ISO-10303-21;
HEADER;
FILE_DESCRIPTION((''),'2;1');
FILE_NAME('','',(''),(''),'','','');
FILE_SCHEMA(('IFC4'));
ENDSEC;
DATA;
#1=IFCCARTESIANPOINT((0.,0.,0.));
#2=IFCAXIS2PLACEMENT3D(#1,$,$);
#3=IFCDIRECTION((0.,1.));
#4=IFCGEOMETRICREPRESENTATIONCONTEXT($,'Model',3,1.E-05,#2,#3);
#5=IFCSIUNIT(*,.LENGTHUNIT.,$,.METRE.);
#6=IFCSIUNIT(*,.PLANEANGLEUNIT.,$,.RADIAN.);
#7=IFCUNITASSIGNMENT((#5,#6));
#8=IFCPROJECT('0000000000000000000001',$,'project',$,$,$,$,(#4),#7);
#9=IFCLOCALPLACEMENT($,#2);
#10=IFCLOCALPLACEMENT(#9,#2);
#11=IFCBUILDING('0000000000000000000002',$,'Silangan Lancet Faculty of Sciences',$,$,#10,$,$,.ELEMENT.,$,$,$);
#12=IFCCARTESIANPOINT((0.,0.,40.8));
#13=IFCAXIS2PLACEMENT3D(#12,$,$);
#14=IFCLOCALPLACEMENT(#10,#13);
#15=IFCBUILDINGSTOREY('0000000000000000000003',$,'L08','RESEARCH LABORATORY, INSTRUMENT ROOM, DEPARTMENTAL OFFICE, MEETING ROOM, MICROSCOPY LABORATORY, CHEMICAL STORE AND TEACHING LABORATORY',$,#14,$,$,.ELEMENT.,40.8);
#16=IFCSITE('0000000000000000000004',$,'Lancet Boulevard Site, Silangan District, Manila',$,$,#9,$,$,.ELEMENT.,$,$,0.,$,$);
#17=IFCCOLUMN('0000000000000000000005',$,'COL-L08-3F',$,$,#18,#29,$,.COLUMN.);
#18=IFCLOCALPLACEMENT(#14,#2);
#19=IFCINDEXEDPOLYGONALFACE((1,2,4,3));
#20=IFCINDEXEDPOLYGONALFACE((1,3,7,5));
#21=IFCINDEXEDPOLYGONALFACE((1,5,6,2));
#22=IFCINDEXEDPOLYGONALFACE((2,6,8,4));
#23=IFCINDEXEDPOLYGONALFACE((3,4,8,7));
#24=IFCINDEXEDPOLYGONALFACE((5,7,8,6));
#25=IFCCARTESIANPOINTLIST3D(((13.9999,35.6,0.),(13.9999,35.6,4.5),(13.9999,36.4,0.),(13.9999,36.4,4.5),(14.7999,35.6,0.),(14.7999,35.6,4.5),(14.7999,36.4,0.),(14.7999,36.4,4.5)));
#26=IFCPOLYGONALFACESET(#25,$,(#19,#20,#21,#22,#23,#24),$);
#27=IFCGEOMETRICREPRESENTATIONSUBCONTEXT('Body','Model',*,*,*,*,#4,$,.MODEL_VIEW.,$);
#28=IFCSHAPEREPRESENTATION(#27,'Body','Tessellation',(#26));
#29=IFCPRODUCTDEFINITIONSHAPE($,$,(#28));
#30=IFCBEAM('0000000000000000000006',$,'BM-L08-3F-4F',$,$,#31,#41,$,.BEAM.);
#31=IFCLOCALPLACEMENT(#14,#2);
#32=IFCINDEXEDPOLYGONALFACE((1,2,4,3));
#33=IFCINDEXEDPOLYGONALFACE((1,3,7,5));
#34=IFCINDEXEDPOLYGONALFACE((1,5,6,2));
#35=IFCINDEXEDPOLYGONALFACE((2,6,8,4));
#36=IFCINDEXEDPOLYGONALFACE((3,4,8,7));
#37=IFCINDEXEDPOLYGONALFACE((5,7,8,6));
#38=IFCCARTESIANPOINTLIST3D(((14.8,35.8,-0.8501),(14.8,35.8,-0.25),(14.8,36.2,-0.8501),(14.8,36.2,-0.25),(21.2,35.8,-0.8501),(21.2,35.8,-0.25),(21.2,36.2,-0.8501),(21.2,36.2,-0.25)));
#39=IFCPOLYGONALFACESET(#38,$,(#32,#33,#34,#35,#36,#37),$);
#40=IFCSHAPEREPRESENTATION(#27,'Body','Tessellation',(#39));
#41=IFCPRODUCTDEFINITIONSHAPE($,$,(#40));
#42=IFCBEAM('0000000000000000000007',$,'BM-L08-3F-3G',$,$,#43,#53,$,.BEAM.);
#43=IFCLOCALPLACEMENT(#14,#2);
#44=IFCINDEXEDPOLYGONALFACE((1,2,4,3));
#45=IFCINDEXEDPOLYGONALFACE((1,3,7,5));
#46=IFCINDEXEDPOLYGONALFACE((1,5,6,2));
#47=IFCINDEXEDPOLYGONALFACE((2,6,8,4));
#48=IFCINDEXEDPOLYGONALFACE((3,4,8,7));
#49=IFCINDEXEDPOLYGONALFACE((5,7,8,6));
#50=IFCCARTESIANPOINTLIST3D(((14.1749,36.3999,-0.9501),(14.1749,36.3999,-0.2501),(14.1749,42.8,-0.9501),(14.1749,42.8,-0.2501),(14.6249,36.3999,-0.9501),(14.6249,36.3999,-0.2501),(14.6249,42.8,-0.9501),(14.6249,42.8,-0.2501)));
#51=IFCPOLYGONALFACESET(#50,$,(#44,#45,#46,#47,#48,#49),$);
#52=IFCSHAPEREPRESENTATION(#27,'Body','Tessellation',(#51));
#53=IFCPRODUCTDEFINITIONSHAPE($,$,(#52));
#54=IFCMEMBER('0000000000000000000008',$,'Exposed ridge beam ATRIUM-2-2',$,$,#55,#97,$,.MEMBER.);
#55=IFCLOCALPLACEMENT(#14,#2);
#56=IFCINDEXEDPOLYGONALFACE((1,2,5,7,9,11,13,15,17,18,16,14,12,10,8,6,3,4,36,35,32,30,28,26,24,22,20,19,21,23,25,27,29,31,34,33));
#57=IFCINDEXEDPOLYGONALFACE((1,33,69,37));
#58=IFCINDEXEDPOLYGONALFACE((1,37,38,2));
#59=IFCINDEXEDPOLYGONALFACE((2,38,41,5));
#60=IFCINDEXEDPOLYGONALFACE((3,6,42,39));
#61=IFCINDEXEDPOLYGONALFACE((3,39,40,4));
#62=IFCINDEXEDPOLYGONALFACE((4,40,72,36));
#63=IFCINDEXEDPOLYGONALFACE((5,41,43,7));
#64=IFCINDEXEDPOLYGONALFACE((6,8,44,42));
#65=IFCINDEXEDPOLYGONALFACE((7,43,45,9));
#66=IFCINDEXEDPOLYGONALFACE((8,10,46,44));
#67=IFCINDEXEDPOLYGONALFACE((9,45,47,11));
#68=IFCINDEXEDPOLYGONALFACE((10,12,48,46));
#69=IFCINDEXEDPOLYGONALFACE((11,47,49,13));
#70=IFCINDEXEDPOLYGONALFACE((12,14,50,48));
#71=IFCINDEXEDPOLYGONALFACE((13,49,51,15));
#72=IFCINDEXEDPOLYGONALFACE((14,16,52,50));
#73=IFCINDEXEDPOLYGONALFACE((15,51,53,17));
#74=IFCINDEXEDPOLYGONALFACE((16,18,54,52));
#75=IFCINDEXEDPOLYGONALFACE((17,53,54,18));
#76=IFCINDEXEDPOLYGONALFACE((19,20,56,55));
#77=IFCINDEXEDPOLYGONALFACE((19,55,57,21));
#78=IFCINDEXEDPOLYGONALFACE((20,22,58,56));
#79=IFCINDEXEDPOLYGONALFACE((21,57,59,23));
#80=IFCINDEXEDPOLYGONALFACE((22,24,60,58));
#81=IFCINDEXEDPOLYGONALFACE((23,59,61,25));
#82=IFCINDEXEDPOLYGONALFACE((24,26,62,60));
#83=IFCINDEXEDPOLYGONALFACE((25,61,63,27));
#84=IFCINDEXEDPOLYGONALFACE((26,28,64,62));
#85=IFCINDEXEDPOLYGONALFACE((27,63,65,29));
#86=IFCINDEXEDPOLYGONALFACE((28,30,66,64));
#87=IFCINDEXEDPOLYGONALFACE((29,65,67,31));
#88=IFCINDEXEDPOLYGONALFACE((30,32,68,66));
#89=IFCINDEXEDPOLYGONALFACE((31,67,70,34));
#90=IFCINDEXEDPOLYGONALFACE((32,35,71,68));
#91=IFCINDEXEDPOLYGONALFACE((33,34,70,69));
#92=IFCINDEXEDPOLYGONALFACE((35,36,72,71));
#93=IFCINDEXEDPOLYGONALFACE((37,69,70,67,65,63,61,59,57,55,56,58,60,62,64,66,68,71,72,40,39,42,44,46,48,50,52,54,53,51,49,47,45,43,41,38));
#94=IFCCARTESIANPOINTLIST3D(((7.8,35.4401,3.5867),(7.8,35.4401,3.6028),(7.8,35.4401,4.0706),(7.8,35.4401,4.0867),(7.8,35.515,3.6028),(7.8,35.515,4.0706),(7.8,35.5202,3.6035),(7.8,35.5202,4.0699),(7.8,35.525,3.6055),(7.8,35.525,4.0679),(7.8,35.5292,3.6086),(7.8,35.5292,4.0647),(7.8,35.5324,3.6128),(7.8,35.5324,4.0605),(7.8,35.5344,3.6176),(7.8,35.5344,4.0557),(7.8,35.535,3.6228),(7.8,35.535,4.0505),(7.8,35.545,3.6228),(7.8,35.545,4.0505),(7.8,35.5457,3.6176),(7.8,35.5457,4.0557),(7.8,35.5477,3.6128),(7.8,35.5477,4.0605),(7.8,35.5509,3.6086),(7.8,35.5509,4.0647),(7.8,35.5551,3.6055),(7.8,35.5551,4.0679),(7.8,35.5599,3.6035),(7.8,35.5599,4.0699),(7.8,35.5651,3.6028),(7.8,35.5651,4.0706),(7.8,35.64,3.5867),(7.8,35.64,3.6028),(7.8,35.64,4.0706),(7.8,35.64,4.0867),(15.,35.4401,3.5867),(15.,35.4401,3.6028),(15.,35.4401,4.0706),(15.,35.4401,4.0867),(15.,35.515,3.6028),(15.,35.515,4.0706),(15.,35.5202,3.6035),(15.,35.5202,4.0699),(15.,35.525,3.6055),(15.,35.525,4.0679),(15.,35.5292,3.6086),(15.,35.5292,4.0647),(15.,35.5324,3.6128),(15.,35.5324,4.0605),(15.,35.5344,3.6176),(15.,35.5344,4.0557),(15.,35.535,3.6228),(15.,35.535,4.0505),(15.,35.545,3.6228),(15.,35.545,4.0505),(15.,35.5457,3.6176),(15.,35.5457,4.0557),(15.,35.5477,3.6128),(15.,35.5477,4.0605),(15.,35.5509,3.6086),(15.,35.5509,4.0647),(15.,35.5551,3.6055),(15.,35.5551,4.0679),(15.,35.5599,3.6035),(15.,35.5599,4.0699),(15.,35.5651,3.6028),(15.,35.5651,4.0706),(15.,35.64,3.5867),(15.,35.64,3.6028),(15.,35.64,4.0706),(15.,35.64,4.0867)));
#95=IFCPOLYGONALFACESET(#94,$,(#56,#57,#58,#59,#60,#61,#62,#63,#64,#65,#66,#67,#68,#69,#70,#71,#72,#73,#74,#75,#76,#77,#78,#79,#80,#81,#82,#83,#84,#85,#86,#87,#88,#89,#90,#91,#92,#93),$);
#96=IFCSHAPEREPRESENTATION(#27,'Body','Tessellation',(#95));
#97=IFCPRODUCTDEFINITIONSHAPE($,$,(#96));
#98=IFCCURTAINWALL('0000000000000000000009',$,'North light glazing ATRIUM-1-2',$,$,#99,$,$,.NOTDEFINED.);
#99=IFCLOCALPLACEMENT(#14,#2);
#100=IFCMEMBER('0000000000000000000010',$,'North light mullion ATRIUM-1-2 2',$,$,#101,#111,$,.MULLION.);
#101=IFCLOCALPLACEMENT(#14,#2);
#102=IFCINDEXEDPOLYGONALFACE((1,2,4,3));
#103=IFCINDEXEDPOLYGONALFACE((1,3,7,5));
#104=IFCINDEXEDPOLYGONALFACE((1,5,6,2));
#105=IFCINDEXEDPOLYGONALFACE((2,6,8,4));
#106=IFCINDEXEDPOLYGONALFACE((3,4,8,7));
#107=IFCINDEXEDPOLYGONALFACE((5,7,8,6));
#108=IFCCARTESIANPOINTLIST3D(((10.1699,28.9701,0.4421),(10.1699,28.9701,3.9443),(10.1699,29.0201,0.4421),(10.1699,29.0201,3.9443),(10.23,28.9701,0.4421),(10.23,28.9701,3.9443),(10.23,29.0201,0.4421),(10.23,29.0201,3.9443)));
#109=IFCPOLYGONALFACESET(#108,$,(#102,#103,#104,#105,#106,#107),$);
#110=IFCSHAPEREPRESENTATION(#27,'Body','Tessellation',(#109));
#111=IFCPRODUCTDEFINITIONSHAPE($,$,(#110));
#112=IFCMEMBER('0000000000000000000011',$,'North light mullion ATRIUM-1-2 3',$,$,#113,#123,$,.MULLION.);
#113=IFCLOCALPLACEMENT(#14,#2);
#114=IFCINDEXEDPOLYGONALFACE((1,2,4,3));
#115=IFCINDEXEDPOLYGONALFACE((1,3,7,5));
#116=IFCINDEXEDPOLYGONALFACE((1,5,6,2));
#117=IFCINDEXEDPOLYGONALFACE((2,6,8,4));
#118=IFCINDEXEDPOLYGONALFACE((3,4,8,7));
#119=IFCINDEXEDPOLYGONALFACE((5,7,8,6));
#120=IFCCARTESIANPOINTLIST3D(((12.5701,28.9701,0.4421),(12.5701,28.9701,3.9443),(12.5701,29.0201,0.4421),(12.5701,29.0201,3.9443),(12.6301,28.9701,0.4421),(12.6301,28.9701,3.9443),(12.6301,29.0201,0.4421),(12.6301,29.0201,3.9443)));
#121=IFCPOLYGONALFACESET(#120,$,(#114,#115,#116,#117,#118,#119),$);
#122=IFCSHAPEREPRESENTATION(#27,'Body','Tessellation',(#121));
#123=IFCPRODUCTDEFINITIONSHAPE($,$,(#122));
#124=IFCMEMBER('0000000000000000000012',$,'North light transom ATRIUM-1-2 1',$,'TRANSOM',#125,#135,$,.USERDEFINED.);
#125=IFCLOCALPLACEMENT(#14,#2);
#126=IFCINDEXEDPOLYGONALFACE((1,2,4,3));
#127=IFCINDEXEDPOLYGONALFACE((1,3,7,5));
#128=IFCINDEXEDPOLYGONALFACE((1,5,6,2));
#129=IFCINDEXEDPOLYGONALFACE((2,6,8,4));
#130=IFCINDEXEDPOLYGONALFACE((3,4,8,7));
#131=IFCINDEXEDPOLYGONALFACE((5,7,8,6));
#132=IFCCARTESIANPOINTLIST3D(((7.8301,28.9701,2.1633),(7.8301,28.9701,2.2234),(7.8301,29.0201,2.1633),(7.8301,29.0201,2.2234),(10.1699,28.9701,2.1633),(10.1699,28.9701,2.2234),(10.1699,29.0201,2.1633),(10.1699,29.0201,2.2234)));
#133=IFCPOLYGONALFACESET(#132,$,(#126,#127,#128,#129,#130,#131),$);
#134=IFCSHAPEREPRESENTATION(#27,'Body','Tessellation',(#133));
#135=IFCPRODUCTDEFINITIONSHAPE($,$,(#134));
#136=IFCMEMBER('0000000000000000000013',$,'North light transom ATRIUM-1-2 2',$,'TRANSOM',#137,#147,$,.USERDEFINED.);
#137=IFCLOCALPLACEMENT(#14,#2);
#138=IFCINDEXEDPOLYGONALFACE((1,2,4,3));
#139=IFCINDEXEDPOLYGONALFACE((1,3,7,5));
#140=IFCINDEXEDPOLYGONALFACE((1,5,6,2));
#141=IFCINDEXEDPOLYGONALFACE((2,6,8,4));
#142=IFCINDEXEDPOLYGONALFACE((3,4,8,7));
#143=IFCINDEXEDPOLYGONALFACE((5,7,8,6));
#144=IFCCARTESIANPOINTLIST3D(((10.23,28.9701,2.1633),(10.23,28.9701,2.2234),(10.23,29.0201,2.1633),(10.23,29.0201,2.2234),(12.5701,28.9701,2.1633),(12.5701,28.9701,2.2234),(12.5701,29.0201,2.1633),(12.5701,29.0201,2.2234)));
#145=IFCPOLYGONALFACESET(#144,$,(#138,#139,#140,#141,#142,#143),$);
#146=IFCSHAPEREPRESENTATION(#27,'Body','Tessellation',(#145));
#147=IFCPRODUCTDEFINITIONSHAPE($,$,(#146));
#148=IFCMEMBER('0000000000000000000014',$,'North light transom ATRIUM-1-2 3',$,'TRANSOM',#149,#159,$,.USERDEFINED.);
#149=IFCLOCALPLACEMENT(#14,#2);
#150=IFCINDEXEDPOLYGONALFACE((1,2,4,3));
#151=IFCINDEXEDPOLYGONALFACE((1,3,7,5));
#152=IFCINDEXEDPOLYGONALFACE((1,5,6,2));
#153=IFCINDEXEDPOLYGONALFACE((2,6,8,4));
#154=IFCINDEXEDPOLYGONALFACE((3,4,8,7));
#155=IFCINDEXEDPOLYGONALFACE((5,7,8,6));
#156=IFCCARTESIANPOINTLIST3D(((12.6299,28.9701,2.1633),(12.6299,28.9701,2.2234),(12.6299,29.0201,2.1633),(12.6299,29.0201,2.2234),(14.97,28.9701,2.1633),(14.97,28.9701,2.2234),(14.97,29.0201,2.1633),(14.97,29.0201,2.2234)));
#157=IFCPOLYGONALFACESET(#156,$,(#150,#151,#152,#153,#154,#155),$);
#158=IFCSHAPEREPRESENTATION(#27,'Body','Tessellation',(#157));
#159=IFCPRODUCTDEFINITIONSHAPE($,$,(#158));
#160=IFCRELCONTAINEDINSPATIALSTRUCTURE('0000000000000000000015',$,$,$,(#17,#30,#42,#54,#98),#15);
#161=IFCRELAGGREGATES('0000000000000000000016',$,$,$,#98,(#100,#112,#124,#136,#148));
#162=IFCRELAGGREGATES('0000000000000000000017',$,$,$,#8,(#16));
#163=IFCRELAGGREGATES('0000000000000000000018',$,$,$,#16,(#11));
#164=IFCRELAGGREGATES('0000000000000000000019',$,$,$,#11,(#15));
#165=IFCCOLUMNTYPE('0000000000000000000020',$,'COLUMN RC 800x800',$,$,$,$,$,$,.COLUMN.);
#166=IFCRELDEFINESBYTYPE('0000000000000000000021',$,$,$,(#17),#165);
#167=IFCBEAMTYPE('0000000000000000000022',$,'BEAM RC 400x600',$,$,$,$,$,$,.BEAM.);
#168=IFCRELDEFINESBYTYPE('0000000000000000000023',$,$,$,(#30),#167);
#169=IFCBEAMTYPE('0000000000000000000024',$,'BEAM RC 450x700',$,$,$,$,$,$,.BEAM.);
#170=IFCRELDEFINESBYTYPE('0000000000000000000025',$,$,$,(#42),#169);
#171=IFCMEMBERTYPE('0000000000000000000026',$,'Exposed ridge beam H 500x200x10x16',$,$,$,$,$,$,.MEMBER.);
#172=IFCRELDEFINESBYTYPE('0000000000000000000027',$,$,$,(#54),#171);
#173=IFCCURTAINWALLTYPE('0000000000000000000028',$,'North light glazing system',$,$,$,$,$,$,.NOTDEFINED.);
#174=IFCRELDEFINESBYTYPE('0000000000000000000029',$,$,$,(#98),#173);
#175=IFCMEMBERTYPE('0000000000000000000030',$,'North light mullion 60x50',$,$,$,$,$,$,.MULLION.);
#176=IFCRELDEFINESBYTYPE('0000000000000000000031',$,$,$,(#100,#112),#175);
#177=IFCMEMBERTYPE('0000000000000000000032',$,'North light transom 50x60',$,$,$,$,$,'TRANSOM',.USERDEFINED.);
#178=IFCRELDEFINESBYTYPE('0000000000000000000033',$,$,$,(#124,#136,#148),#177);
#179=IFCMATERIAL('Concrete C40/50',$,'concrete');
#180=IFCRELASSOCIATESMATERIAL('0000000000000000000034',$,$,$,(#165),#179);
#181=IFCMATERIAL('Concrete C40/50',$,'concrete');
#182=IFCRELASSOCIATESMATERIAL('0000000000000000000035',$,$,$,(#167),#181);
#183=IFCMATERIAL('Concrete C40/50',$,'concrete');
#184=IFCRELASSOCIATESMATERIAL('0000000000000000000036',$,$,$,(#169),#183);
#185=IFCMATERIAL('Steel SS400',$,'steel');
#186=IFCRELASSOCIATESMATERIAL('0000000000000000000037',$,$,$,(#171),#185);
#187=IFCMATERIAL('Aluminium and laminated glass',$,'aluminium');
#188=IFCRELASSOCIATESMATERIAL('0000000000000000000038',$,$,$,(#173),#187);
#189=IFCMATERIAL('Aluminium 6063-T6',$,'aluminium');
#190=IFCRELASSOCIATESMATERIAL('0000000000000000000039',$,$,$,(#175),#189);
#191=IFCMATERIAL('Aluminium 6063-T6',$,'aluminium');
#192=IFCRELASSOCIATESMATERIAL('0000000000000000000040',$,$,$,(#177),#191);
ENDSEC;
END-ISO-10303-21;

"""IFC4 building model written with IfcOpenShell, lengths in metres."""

from ifc_helpers import new_model, si_unit, direction, frame, origin, origin_2d, place, context, subcontext, project, spatial, rectangle, i_section, extrude, material, material_profile, profile_set, type_object, element, aggregate, save


model = new_model("IFC4")

# Units and contexts
model_context = context("Model", 3, precision=1e-05, world=origin(), true_north=direction((0.0, 1.0)))
body_context = subcontext(model_context, "Body", "Model", "MODEL_VIEW")
ifc_project = project(units=[si_unit("LENGTHUNIT", "METRE"), si_unit("PLANEANGLEUNIT", "RADIAN")], contexts=[model_context])

# Site, building, storey
site_placement = place(None, origin())
site = spatial("IfcSite", under=ifc_project, at=site_placement, Name="Lancet Boulevard Site, Silangan District, Manila", CompositionType="ELEMENT", RefElevation=0.0)
building_placement = place(site_placement, origin())
building = spatial("IfcBuilding", under=site, at=building_placement, Name="Silangan Lancet Faculty of Sciences", CompositionType="ELEMENT")
storey_placement = place(building_placement, frame((0.0, 0.0, 40.8)))
storey = spatial("IfcBuildingStorey", under=building, at=storey_placement, Name="L08", Description="RESEARCH LABORATORY, INSTRUMENT ROOM, DEPARTMENTAL OFFICE, MEETING ROOM, MICROSCOPY LABORATORY, CHEMICAL STORE AND TEACHING LABORATORY", CompositionType="ELEMENT", Elevation=40.8)

# Column
ifc_material_1 = material(Name="Concrete C40/50", Category="concrete")
ifc_material_profile_1 = material_profile(ifc_material_1, rectangle(XDim=0.8, YDim=0.8, at=origin_2d()), Name="RC 800x800")
ifc_profile_set_1 = profile_set([ifc_material_profile_1], Name="Concrete C40/50")
column_type = type_object("IfcColumnType", Name="COLUMN RC 800x800", PredefinedType="COLUMN", material=ifc_profile_set_1)
column_placement = place(storey_placement, frame((14.3999, 36.0, 0.0), z_axis=(0.0, 0.0, 1.0), x_axis=(1.0, 0.0, 0.0)))
element("IfcColumn", 1, at=column_placement, inside=storey, type_object=column_type, Name="COL-L08-3F", PredefinedType="COLUMN", context=body_context, shape_type="SweptSolid", body=[
    extrude(rectangle(XDim=0.8, YDim=0.8, at=origin_2d()), origin(), (0.0, 0.0, 1.0), 4.5),
])

# Beams
ifc_material_2 = material(Name="Concrete C40/50", Category="concrete")
ifc_material_profile_2 = material_profile(ifc_material_2, rectangle(XDim=0.3999, YDim=0.6001, at=origin_2d()), Name="RC 400x600")
ifc_profile_set_2 = profile_set([ifc_material_profile_2], Name="Concrete C40/50")
beam_type_1 = type_object("IfcBeamType", Name="BEAM RC 400x600", PredefinedType="BEAM", material=ifc_profile_set_2)
beam_1_placement = place(storey_placement, frame((14.8, 36.0, -0.55), z_axis=(1.0, 0.0, 0.0), x_axis=(0.0, 1.0, 0.0)))
element("IfcBeam", 2, at=beam_1_placement, inside=storey, type_object=beam_type_1, Name="BM-L08-3F-4F", PredefinedType="BEAM", context=body_context, shape_type="SweptSolid", body=[
    extrude(rectangle(XDim=0.3999, YDim=0.6001, at=origin_2d()), origin(), (0.0, 0.0, 1.0), 6.3999),
])
ifc_material_3 = material(Name="Concrete C40/50", Category="concrete")
ifc_material_profile_3 = material_profile(ifc_material_3, rectangle(XDim=0.45, YDim=0.7, at=origin_2d()), Name="RC 450x700")
ifc_profile_set_3 = profile_set([ifc_material_profile_3], Name="Concrete C40/50")
beam_type_2 = type_object("IfcBeamType", Name="BEAM RC 450x700", PredefinedType="BEAM", material=ifc_profile_set_3)
beam_2_placement = place(storey_placement, frame((14.3999, 36.3999, -0.6001), z_axis=(0.0, 1.0, 0.0), x_axis=(-1.0, 0.0, 0.0)))
element("IfcBeam", 3, at=beam_2_placement, inside=storey, type_object=beam_type_2, Name="BM-L08-3F-3G", PredefinedType="BEAM", context=body_context, shape_type="SweptSolid", body=[
    extrude(rectangle(XDim=0.45, YDim=0.7, at=origin_2d()), origin(), (0.0, 0.0, 1.0), 6.4001),
])

# Member
ifc_material_4 = material(Name="Steel SS400", Category="steel")
ifc_material_profile_4 = material_profile(ifc_material_4, i_section(OverallWidth=0.2, OverallDepth=0.5, WebThickness=0.01, FlangeThickness=0.0161, FilletRadius=0.02, at=origin_2d()), Name="H 500x200x10x16")
ifc_profile_set_4 = profile_set([ifc_material_profile_4], Name="Steel SS400")
member_type_1 = type_object("IfcMemberType", Name="Exposed ridge beam H 500x200x10x16", PredefinedType="MEMBER", material=ifc_profile_set_4)
member_1_placement = place(storey_placement, frame((7.8, 35.54, 3.8367), z_axis=(1.0, 0.0, 0.0), x_axis=(0.0, 1.0, 0.0)))
element("IfcMember", 4, at=member_1_placement, inside=storey, type_object=member_type_1, Name="Exposed ridge beam ATRIUM-2-2", PredefinedType="MEMBER", context=body_context, shape_type="SweptSolid", body=[
    extrude(i_section(OverallWidth=0.2, OverallDepth=0.5, WebThickness=0.01, FlangeThickness=0.0161, FilletRadius=0.02, at=origin_2d()), origin(), (0.0, 0.0, 1.0), 7.2),
])

# Curtain wall, members
ifc_material_5 = material(Name="Aluminium and laminated glass", Category="aluminium")
curtain_wall_type = type_object("IfcCurtainWallType", Name="North light glazing system", PredefinedType="NOTDEFINED", material=ifc_material_5)
curtain_wall_placement = place(storey_placement, origin())
curtain_wall = element("IfcCurtainWall", 5, at=curtain_wall_placement, inside=storey, type_object=curtain_wall_type, Name="North light glazing ATRIUM-1-2", PredefinedType="NOTDEFINED")
ifc_material_6 = material(Name="Aluminium 6063-T6", Category="aluminium")
ifc_material_profile_5 = material_profile(ifc_material_6, rectangle(XDim=0.0601, YDim=0.05, at=origin_2d()), Name="AL 60x50")
ifc_profile_set_5 = profile_set([ifc_material_profile_5], Name="Aluminium 6063-T6")
member_type_2 = type_object("IfcMemberType", Name="North light mullion 60x50", PredefinedType="MULLION", material=ifc_profile_set_5)
member_2_placement = place(storey_placement, frame((10.2, 28.9951, 0.4421), z_axis=(0.0, 0.0, 1.0), x_axis=(1.0, 0.0, 0.0)))
member_2 = element("IfcMember", 6, at=member_2_placement, type_object=member_type_2, Name="North light mullion ATRIUM-1-2 2", PredefinedType="MULLION", context=body_context, shape_type="SweptSolid", body=[
    extrude(rectangle(XDim=0.0601, YDim=0.05, at=origin_2d()), origin(), (0.0, 0.0, 1.0), 3.5022),
])
member_3_placement = place(storey_placement, frame((12.6001, 28.9951, 0.4421), z_axis=(0.0, 0.0, 1.0), x_axis=(1.0, 0.0, 0.0)))
member_3 = element("IfcMember", 7, at=member_3_placement, type_object=member_type_2, Name="North light mullion ATRIUM-1-2 3", PredefinedType="MULLION", context=body_context, shape_type="SweptSolid", body=[
    extrude(rectangle(XDim=0.0601, YDim=0.05, at=origin_2d()), origin(), (0.0, 0.0, 1.0), 3.5022),
])
ifc_material_7 = material(Name="Aluminium 6063-T6", Category="aluminium")
ifc_material_profile_6 = material_profile(ifc_material_7, rectangle(XDim=0.05, YDim=0.0601, at=origin_2d()), Name="AL 50x60")
ifc_profile_set_6 = profile_set([ifc_material_profile_6], Name="Aluminium 6063-T6")
member_type_3 = type_object("IfcMemberType", Name="North light transom 50x60", ElementType="TRANSOM", PredefinedType="USERDEFINED", material=ifc_profile_set_6)
member_4_placement = place(storey_placement, frame((7.8301, 28.9951, 2.1934), z_axis=(1.0, 0.0, 0.0), x_axis=(0.0, 1.0, 0.0)))
member_4 = element("IfcMember", 8, at=member_4_placement, type_object=member_type_3, Name="North light transom ATRIUM-1-2 1", ObjectType="TRANSOM", PredefinedType="USERDEFINED", context=body_context, shape_type="SweptSolid", body=[
    extrude(rectangle(XDim=0.05, YDim=0.0601, at=origin_2d()), origin(), (0.0, 0.0, 1.0), 2.3398),
])
member_5_placement = place(storey_placement, frame((10.23, 28.9951, 2.1934), z_axis=(1.0, 0.0, 0.0), x_axis=(0.0, 1.0, 0.0)))
member_5 = element("IfcMember", 9, at=member_5_placement, type_object=member_type_3, Name="North light transom ATRIUM-1-2 2", ObjectType="TRANSOM", PredefinedType="USERDEFINED", context=body_context, shape_type="SweptSolid", body=[
    extrude(rectangle(XDim=0.05, YDim=0.0601, at=origin_2d()), origin(), (0.0, 0.0, 1.0), 2.3401),
])
member_6_placement = place(storey_placement, frame((12.6299, 28.9951, 2.1934), z_axis=(1.0, 0.0, 0.0), x_axis=(0.0, 1.0, 0.0)))
member_6 = element("IfcMember", 10, at=member_6_placement, type_object=member_type_3, Name="North light transom ATRIUM-1-2 3", ObjectType="TRANSOM", PredefinedType="USERDEFINED", context=body_context, shape_type="SweptSolid", body=[
    extrude(rectangle(XDim=0.05, YDim=0.0601, at=origin_2d()), origin(), (0.0, 0.0, 1.0), 2.3401),
])
aggregate(curtain_wall, [member_2, member_3, member_4, member_5, member_6])

save(model, "model.ifc")
